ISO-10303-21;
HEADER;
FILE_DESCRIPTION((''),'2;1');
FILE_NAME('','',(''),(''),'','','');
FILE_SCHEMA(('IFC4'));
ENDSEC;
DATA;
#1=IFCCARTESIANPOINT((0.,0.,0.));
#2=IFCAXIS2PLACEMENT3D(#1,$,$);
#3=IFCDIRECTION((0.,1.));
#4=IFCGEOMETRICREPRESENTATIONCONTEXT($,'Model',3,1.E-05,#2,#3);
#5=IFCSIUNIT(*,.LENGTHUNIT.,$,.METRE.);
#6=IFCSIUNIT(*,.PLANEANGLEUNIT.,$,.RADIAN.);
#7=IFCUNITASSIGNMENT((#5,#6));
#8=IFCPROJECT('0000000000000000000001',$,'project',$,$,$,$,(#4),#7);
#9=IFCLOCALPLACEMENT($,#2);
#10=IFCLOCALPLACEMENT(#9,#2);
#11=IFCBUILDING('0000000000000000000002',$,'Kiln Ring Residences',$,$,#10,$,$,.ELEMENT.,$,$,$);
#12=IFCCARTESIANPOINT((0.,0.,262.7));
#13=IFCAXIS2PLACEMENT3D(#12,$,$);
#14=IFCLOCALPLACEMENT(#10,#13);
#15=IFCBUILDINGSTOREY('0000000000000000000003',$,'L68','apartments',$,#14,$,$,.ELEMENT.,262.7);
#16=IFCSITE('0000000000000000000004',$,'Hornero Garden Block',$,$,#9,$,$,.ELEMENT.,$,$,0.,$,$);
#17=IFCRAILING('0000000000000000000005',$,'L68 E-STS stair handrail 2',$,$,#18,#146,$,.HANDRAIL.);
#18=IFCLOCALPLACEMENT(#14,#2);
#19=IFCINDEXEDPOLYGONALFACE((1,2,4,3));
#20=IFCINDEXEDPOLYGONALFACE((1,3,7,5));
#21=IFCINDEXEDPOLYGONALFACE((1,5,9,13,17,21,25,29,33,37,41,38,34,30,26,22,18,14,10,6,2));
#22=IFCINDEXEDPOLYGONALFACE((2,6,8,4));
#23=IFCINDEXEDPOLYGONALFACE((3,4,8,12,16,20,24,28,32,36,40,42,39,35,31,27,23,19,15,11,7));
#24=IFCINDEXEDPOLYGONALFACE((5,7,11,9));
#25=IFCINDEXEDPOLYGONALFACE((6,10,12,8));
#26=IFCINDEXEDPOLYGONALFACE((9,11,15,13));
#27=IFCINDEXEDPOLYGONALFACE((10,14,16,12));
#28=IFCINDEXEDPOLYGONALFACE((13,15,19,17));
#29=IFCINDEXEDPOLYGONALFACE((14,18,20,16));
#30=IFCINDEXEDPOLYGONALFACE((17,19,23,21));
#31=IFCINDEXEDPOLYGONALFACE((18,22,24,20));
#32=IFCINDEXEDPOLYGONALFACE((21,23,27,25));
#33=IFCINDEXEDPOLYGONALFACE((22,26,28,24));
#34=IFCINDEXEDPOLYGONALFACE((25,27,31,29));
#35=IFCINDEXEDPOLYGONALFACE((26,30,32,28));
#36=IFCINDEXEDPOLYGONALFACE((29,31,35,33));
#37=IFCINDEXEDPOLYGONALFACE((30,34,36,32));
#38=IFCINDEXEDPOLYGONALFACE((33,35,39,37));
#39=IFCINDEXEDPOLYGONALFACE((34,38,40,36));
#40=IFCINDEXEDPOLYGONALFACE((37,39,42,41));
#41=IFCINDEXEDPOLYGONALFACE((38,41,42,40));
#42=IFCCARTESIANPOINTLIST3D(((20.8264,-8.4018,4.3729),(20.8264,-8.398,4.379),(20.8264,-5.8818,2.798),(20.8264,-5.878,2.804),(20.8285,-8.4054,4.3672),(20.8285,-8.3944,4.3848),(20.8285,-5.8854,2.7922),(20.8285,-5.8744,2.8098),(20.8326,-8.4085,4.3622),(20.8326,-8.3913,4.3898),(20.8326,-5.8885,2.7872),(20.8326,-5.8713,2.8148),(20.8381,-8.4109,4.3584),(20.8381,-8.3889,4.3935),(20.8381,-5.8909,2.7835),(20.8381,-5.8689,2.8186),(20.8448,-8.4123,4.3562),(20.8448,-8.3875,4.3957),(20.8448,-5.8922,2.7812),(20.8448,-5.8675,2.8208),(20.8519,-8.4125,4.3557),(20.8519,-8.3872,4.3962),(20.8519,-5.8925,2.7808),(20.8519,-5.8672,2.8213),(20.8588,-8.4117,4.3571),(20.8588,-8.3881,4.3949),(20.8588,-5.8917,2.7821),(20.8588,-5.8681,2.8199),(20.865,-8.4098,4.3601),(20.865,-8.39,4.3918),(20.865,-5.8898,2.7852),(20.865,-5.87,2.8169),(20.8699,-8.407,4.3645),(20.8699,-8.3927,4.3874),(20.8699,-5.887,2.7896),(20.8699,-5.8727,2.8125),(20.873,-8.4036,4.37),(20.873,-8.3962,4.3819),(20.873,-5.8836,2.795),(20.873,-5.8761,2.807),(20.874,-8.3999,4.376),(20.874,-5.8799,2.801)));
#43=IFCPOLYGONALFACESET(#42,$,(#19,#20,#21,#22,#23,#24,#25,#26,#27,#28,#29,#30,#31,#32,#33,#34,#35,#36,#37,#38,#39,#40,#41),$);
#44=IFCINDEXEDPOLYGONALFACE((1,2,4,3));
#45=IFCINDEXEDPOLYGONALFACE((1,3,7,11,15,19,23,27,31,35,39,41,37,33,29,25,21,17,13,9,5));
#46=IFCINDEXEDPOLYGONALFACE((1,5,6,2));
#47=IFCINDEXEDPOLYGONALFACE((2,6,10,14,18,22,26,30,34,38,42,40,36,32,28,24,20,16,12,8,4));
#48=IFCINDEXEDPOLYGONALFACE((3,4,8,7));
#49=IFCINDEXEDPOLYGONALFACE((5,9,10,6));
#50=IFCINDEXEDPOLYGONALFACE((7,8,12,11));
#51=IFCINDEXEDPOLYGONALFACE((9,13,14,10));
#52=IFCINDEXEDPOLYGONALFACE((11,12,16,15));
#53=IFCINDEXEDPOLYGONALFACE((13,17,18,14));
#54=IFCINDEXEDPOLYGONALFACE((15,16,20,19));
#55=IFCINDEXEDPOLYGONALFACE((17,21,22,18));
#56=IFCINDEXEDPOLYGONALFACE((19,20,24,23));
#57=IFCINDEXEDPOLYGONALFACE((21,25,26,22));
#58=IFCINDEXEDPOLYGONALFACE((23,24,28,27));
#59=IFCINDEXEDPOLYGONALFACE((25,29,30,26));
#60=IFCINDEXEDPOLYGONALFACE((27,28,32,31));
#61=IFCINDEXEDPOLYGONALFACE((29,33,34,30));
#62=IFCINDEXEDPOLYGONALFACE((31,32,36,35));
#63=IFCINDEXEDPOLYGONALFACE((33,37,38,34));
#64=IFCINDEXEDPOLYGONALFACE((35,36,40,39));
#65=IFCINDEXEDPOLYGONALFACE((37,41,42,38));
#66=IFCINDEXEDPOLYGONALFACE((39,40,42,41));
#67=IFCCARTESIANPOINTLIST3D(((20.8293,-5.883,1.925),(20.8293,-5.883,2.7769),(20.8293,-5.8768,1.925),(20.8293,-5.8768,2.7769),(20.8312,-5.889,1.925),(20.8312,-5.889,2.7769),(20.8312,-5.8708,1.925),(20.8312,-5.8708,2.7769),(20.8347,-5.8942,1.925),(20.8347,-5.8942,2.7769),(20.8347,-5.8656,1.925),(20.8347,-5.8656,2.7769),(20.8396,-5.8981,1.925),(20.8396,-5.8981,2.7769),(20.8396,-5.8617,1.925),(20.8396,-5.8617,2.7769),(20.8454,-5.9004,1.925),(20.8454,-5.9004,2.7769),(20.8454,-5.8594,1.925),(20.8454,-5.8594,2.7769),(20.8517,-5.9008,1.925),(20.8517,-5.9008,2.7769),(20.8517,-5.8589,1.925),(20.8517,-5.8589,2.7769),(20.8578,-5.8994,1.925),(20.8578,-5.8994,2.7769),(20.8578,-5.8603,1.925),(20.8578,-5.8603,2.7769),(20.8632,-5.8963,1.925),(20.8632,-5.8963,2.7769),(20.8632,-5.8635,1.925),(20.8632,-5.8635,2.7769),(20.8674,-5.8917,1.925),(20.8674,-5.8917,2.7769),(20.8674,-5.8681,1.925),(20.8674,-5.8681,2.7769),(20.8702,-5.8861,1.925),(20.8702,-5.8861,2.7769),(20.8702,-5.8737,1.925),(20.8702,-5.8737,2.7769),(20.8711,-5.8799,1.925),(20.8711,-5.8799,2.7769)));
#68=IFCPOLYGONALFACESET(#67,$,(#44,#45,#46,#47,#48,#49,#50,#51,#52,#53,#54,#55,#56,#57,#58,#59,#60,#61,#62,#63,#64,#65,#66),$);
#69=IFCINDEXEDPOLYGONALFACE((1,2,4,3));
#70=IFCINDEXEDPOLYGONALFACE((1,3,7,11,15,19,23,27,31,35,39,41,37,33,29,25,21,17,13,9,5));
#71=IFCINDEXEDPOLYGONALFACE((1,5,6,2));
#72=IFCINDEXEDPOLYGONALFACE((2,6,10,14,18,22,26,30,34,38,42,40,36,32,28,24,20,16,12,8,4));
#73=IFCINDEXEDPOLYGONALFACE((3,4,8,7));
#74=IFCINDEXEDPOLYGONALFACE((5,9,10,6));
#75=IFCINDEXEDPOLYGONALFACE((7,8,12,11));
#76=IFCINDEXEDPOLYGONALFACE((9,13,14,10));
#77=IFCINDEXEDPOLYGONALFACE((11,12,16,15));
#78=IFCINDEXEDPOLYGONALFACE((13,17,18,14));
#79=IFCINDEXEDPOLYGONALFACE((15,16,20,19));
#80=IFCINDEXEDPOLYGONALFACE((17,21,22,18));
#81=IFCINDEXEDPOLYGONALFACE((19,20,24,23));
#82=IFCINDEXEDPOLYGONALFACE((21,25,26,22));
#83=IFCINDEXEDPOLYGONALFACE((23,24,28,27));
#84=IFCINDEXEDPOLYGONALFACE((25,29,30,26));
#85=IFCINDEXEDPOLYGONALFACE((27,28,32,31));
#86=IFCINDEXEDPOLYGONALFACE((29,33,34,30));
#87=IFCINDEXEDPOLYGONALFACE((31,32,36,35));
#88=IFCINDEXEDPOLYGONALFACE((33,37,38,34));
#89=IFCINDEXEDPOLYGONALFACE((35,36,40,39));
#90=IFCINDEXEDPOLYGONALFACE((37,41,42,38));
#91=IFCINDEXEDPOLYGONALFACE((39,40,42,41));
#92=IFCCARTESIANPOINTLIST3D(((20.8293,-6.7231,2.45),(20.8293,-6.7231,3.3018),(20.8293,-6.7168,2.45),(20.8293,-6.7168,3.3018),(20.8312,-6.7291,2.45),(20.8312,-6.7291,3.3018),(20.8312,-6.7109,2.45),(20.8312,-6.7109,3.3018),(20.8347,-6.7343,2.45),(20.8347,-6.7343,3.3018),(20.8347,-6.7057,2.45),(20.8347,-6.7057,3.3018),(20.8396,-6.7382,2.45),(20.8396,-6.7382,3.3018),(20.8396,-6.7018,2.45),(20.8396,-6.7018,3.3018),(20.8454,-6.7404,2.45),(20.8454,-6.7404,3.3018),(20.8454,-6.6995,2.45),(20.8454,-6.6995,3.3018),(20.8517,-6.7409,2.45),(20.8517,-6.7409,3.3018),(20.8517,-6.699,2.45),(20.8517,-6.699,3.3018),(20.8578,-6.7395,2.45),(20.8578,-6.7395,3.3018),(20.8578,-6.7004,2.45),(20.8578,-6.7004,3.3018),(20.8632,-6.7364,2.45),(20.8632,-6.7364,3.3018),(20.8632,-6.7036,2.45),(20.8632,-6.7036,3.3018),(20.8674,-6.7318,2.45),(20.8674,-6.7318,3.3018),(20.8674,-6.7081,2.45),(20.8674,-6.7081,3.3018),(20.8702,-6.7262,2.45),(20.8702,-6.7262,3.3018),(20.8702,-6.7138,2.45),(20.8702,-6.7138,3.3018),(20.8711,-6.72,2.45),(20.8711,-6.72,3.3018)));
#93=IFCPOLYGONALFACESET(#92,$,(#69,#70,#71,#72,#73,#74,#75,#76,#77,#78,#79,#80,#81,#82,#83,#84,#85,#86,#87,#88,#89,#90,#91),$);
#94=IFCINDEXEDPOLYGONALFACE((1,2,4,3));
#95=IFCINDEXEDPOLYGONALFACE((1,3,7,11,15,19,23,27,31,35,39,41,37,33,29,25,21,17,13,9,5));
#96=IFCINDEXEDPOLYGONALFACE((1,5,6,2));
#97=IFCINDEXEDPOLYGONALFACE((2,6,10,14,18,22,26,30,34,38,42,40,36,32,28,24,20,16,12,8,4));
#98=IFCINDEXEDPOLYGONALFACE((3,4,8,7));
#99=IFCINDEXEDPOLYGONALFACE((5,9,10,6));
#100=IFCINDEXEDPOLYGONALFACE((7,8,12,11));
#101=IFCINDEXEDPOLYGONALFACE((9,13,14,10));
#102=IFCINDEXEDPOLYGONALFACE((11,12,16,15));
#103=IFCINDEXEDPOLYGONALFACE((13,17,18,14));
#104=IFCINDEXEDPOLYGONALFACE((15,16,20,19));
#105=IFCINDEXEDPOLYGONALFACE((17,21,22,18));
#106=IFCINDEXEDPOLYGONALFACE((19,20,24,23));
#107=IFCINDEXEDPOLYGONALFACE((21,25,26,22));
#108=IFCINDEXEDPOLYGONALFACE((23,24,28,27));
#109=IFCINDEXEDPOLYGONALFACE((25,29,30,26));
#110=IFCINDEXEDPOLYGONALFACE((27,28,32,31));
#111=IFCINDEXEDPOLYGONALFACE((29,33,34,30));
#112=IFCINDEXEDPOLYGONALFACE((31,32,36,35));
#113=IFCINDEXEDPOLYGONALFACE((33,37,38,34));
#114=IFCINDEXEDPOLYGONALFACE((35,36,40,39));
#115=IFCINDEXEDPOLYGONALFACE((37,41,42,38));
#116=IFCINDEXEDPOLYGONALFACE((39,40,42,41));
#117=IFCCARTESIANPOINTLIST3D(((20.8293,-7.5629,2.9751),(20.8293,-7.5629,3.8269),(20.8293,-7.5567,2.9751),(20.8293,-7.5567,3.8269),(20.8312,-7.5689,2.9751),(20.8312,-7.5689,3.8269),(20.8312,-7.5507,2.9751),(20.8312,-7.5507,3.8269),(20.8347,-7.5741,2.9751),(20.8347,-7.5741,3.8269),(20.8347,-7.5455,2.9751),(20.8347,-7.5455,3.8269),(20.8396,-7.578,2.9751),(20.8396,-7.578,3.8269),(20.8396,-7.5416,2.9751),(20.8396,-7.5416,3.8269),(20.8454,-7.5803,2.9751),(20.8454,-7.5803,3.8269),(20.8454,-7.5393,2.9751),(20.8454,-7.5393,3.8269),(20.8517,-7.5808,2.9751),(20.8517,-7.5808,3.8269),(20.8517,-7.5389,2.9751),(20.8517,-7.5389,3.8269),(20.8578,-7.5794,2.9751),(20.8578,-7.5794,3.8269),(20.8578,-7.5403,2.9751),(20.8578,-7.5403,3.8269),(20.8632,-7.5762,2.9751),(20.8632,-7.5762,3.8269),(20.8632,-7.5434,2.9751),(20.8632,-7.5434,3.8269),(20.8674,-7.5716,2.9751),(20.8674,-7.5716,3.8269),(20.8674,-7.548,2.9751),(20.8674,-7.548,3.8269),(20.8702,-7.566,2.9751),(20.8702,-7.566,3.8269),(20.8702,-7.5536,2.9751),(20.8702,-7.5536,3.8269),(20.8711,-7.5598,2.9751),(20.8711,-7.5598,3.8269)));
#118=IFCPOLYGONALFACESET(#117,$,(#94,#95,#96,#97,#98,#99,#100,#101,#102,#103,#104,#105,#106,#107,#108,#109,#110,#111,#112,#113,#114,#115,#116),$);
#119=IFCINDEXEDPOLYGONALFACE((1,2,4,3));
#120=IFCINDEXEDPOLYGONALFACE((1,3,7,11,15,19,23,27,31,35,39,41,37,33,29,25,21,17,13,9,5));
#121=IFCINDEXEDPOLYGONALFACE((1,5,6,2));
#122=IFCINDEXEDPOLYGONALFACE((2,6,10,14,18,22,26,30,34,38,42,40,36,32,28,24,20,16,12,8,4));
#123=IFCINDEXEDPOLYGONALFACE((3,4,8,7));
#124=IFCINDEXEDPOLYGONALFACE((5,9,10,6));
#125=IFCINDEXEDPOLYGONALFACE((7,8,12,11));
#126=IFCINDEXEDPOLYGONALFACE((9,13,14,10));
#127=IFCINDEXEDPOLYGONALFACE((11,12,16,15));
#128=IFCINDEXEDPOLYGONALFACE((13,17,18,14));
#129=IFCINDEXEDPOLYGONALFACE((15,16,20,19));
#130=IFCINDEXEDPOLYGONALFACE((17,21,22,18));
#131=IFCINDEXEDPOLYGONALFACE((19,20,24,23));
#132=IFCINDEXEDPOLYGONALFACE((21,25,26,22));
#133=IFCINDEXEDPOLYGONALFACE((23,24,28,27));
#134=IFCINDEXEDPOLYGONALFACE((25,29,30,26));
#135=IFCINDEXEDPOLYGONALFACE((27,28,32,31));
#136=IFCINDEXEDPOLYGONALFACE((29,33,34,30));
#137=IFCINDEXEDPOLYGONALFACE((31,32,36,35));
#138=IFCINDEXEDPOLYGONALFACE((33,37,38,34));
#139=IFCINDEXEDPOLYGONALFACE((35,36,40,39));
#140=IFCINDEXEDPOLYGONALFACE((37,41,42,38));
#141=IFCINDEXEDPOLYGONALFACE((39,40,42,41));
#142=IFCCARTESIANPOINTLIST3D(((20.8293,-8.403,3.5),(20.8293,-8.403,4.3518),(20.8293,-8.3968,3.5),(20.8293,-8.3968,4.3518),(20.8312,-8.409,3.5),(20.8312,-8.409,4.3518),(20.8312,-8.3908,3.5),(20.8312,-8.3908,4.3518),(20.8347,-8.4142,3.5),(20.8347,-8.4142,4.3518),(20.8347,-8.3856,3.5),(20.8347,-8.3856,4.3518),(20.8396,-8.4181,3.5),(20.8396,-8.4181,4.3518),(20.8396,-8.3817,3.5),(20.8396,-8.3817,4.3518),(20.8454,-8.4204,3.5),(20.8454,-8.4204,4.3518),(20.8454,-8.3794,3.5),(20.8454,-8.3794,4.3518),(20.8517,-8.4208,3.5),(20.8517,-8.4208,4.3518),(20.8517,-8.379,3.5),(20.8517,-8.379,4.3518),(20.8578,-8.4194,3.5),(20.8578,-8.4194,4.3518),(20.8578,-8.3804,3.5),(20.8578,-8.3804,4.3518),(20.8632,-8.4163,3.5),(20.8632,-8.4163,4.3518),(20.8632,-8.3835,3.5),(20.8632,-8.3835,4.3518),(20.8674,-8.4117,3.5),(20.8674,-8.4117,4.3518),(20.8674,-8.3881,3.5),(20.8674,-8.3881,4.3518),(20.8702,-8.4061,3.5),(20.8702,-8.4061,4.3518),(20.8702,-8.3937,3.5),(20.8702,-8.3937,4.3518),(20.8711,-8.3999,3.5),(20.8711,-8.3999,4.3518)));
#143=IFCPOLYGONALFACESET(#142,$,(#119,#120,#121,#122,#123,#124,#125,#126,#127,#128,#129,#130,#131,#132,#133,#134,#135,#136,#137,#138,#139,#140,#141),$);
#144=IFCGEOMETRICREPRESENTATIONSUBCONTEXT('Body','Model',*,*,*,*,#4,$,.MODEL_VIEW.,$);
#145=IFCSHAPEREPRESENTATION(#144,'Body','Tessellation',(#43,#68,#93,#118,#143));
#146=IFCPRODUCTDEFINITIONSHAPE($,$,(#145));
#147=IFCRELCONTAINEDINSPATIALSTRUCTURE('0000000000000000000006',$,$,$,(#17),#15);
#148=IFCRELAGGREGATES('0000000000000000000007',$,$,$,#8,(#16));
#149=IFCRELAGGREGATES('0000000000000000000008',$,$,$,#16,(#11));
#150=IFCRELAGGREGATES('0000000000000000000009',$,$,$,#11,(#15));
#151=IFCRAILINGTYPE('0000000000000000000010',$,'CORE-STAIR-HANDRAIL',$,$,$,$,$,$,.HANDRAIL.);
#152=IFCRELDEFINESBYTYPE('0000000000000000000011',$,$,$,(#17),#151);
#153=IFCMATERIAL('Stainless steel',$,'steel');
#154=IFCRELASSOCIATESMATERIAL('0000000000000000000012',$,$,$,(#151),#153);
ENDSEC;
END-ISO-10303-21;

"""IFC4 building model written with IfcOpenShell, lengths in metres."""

from ifc_helpers import new_model, si_unit, direction, frame, origin, origin_2d, place, context, subcontext, project, spatial, circle, extrude, material, type_object, element, save


model = new_model("IFC4")

# Units and contexts
model_context = context("Model", 3, precision=1e-05, world=origin(), true_north=direction((0.0, 1.0)))
body_context = subcontext(model_context, "Body", "Model", "MODEL_VIEW")
ifc_project = project(units=[si_unit("LENGTHUNIT", "METRE"), si_unit("PLANEANGLEUNIT", "RADIAN")], contexts=[model_context])

# Site, building, storey
site_placement = place(None, origin())
site = spatial("IfcSite", under=ifc_project, at=site_placement, Name="Hornero Garden Block", CompositionType="ELEMENT", RefElevation=0.0)
building_placement = place(site_placement, origin())
building = spatial("IfcBuilding", under=site, at=building_placement, Name="Kiln Ring Residences", CompositionType="ELEMENT")
storey_placement = place(building_placement, frame((0.0, 0.0, 262.7)))
storey = spatial("IfcBuildingStorey", under=building, at=storey_placement, Name="L68", Description="apartments", CompositionType="ELEMENT", Elevation=262.7)

# Railing
ifc_material_1 = material(Name="Stainless steel", Category="steel")
railing_type_1 = type_object("IfcRailingType", Name="CORE-STAIR-HANDRAIL", PredefinedType="HANDRAIL", material=ifc_material_1)
railing_1_placement = place(storey_placement, frame((20.8501, -5.8799, 1.925)))
element("IfcRailing", 1, at=railing_1_placement, inside=storey, type_object=railing_type_1, Name="L68 E-STS stair handrail 2", PredefinedType="HANDRAIL", context=body_context, shape_type="SweptSolid", body=[
    extrude(circle(Radius=0.0239, at=origin_2d()), frame((0.0, 0.0, 0.876), z_axis=(0.0, -0.848008, 0.529984), x_axis=(1.0, 0.0, 0.0)), (0.0, 0.0, 1.0), 2.9717),
    extrude(circle(Radius=0.021, at=origin_2d()), origin(), (0.0, 0.0, 1.0), 0.8518),
    extrude(circle(Radius=0.021, at=origin_2d()), frame((0.0, -0.8401, 0.5249)), (0.0, 0.0, 1.0), 0.8518),
    extrude(circle(Radius=0.021, at=origin_2d()), frame((0.0, -1.6799, 1.05)), (0.0, 0.0, 1.0), 0.8518),
    extrude(circle(Radius=0.021, at=origin_2d()), frame((0.0, -2.52, 1.575)), (0.0, 0.0, 1.0), 0.8518),
])

save(model, "model.ifc")
